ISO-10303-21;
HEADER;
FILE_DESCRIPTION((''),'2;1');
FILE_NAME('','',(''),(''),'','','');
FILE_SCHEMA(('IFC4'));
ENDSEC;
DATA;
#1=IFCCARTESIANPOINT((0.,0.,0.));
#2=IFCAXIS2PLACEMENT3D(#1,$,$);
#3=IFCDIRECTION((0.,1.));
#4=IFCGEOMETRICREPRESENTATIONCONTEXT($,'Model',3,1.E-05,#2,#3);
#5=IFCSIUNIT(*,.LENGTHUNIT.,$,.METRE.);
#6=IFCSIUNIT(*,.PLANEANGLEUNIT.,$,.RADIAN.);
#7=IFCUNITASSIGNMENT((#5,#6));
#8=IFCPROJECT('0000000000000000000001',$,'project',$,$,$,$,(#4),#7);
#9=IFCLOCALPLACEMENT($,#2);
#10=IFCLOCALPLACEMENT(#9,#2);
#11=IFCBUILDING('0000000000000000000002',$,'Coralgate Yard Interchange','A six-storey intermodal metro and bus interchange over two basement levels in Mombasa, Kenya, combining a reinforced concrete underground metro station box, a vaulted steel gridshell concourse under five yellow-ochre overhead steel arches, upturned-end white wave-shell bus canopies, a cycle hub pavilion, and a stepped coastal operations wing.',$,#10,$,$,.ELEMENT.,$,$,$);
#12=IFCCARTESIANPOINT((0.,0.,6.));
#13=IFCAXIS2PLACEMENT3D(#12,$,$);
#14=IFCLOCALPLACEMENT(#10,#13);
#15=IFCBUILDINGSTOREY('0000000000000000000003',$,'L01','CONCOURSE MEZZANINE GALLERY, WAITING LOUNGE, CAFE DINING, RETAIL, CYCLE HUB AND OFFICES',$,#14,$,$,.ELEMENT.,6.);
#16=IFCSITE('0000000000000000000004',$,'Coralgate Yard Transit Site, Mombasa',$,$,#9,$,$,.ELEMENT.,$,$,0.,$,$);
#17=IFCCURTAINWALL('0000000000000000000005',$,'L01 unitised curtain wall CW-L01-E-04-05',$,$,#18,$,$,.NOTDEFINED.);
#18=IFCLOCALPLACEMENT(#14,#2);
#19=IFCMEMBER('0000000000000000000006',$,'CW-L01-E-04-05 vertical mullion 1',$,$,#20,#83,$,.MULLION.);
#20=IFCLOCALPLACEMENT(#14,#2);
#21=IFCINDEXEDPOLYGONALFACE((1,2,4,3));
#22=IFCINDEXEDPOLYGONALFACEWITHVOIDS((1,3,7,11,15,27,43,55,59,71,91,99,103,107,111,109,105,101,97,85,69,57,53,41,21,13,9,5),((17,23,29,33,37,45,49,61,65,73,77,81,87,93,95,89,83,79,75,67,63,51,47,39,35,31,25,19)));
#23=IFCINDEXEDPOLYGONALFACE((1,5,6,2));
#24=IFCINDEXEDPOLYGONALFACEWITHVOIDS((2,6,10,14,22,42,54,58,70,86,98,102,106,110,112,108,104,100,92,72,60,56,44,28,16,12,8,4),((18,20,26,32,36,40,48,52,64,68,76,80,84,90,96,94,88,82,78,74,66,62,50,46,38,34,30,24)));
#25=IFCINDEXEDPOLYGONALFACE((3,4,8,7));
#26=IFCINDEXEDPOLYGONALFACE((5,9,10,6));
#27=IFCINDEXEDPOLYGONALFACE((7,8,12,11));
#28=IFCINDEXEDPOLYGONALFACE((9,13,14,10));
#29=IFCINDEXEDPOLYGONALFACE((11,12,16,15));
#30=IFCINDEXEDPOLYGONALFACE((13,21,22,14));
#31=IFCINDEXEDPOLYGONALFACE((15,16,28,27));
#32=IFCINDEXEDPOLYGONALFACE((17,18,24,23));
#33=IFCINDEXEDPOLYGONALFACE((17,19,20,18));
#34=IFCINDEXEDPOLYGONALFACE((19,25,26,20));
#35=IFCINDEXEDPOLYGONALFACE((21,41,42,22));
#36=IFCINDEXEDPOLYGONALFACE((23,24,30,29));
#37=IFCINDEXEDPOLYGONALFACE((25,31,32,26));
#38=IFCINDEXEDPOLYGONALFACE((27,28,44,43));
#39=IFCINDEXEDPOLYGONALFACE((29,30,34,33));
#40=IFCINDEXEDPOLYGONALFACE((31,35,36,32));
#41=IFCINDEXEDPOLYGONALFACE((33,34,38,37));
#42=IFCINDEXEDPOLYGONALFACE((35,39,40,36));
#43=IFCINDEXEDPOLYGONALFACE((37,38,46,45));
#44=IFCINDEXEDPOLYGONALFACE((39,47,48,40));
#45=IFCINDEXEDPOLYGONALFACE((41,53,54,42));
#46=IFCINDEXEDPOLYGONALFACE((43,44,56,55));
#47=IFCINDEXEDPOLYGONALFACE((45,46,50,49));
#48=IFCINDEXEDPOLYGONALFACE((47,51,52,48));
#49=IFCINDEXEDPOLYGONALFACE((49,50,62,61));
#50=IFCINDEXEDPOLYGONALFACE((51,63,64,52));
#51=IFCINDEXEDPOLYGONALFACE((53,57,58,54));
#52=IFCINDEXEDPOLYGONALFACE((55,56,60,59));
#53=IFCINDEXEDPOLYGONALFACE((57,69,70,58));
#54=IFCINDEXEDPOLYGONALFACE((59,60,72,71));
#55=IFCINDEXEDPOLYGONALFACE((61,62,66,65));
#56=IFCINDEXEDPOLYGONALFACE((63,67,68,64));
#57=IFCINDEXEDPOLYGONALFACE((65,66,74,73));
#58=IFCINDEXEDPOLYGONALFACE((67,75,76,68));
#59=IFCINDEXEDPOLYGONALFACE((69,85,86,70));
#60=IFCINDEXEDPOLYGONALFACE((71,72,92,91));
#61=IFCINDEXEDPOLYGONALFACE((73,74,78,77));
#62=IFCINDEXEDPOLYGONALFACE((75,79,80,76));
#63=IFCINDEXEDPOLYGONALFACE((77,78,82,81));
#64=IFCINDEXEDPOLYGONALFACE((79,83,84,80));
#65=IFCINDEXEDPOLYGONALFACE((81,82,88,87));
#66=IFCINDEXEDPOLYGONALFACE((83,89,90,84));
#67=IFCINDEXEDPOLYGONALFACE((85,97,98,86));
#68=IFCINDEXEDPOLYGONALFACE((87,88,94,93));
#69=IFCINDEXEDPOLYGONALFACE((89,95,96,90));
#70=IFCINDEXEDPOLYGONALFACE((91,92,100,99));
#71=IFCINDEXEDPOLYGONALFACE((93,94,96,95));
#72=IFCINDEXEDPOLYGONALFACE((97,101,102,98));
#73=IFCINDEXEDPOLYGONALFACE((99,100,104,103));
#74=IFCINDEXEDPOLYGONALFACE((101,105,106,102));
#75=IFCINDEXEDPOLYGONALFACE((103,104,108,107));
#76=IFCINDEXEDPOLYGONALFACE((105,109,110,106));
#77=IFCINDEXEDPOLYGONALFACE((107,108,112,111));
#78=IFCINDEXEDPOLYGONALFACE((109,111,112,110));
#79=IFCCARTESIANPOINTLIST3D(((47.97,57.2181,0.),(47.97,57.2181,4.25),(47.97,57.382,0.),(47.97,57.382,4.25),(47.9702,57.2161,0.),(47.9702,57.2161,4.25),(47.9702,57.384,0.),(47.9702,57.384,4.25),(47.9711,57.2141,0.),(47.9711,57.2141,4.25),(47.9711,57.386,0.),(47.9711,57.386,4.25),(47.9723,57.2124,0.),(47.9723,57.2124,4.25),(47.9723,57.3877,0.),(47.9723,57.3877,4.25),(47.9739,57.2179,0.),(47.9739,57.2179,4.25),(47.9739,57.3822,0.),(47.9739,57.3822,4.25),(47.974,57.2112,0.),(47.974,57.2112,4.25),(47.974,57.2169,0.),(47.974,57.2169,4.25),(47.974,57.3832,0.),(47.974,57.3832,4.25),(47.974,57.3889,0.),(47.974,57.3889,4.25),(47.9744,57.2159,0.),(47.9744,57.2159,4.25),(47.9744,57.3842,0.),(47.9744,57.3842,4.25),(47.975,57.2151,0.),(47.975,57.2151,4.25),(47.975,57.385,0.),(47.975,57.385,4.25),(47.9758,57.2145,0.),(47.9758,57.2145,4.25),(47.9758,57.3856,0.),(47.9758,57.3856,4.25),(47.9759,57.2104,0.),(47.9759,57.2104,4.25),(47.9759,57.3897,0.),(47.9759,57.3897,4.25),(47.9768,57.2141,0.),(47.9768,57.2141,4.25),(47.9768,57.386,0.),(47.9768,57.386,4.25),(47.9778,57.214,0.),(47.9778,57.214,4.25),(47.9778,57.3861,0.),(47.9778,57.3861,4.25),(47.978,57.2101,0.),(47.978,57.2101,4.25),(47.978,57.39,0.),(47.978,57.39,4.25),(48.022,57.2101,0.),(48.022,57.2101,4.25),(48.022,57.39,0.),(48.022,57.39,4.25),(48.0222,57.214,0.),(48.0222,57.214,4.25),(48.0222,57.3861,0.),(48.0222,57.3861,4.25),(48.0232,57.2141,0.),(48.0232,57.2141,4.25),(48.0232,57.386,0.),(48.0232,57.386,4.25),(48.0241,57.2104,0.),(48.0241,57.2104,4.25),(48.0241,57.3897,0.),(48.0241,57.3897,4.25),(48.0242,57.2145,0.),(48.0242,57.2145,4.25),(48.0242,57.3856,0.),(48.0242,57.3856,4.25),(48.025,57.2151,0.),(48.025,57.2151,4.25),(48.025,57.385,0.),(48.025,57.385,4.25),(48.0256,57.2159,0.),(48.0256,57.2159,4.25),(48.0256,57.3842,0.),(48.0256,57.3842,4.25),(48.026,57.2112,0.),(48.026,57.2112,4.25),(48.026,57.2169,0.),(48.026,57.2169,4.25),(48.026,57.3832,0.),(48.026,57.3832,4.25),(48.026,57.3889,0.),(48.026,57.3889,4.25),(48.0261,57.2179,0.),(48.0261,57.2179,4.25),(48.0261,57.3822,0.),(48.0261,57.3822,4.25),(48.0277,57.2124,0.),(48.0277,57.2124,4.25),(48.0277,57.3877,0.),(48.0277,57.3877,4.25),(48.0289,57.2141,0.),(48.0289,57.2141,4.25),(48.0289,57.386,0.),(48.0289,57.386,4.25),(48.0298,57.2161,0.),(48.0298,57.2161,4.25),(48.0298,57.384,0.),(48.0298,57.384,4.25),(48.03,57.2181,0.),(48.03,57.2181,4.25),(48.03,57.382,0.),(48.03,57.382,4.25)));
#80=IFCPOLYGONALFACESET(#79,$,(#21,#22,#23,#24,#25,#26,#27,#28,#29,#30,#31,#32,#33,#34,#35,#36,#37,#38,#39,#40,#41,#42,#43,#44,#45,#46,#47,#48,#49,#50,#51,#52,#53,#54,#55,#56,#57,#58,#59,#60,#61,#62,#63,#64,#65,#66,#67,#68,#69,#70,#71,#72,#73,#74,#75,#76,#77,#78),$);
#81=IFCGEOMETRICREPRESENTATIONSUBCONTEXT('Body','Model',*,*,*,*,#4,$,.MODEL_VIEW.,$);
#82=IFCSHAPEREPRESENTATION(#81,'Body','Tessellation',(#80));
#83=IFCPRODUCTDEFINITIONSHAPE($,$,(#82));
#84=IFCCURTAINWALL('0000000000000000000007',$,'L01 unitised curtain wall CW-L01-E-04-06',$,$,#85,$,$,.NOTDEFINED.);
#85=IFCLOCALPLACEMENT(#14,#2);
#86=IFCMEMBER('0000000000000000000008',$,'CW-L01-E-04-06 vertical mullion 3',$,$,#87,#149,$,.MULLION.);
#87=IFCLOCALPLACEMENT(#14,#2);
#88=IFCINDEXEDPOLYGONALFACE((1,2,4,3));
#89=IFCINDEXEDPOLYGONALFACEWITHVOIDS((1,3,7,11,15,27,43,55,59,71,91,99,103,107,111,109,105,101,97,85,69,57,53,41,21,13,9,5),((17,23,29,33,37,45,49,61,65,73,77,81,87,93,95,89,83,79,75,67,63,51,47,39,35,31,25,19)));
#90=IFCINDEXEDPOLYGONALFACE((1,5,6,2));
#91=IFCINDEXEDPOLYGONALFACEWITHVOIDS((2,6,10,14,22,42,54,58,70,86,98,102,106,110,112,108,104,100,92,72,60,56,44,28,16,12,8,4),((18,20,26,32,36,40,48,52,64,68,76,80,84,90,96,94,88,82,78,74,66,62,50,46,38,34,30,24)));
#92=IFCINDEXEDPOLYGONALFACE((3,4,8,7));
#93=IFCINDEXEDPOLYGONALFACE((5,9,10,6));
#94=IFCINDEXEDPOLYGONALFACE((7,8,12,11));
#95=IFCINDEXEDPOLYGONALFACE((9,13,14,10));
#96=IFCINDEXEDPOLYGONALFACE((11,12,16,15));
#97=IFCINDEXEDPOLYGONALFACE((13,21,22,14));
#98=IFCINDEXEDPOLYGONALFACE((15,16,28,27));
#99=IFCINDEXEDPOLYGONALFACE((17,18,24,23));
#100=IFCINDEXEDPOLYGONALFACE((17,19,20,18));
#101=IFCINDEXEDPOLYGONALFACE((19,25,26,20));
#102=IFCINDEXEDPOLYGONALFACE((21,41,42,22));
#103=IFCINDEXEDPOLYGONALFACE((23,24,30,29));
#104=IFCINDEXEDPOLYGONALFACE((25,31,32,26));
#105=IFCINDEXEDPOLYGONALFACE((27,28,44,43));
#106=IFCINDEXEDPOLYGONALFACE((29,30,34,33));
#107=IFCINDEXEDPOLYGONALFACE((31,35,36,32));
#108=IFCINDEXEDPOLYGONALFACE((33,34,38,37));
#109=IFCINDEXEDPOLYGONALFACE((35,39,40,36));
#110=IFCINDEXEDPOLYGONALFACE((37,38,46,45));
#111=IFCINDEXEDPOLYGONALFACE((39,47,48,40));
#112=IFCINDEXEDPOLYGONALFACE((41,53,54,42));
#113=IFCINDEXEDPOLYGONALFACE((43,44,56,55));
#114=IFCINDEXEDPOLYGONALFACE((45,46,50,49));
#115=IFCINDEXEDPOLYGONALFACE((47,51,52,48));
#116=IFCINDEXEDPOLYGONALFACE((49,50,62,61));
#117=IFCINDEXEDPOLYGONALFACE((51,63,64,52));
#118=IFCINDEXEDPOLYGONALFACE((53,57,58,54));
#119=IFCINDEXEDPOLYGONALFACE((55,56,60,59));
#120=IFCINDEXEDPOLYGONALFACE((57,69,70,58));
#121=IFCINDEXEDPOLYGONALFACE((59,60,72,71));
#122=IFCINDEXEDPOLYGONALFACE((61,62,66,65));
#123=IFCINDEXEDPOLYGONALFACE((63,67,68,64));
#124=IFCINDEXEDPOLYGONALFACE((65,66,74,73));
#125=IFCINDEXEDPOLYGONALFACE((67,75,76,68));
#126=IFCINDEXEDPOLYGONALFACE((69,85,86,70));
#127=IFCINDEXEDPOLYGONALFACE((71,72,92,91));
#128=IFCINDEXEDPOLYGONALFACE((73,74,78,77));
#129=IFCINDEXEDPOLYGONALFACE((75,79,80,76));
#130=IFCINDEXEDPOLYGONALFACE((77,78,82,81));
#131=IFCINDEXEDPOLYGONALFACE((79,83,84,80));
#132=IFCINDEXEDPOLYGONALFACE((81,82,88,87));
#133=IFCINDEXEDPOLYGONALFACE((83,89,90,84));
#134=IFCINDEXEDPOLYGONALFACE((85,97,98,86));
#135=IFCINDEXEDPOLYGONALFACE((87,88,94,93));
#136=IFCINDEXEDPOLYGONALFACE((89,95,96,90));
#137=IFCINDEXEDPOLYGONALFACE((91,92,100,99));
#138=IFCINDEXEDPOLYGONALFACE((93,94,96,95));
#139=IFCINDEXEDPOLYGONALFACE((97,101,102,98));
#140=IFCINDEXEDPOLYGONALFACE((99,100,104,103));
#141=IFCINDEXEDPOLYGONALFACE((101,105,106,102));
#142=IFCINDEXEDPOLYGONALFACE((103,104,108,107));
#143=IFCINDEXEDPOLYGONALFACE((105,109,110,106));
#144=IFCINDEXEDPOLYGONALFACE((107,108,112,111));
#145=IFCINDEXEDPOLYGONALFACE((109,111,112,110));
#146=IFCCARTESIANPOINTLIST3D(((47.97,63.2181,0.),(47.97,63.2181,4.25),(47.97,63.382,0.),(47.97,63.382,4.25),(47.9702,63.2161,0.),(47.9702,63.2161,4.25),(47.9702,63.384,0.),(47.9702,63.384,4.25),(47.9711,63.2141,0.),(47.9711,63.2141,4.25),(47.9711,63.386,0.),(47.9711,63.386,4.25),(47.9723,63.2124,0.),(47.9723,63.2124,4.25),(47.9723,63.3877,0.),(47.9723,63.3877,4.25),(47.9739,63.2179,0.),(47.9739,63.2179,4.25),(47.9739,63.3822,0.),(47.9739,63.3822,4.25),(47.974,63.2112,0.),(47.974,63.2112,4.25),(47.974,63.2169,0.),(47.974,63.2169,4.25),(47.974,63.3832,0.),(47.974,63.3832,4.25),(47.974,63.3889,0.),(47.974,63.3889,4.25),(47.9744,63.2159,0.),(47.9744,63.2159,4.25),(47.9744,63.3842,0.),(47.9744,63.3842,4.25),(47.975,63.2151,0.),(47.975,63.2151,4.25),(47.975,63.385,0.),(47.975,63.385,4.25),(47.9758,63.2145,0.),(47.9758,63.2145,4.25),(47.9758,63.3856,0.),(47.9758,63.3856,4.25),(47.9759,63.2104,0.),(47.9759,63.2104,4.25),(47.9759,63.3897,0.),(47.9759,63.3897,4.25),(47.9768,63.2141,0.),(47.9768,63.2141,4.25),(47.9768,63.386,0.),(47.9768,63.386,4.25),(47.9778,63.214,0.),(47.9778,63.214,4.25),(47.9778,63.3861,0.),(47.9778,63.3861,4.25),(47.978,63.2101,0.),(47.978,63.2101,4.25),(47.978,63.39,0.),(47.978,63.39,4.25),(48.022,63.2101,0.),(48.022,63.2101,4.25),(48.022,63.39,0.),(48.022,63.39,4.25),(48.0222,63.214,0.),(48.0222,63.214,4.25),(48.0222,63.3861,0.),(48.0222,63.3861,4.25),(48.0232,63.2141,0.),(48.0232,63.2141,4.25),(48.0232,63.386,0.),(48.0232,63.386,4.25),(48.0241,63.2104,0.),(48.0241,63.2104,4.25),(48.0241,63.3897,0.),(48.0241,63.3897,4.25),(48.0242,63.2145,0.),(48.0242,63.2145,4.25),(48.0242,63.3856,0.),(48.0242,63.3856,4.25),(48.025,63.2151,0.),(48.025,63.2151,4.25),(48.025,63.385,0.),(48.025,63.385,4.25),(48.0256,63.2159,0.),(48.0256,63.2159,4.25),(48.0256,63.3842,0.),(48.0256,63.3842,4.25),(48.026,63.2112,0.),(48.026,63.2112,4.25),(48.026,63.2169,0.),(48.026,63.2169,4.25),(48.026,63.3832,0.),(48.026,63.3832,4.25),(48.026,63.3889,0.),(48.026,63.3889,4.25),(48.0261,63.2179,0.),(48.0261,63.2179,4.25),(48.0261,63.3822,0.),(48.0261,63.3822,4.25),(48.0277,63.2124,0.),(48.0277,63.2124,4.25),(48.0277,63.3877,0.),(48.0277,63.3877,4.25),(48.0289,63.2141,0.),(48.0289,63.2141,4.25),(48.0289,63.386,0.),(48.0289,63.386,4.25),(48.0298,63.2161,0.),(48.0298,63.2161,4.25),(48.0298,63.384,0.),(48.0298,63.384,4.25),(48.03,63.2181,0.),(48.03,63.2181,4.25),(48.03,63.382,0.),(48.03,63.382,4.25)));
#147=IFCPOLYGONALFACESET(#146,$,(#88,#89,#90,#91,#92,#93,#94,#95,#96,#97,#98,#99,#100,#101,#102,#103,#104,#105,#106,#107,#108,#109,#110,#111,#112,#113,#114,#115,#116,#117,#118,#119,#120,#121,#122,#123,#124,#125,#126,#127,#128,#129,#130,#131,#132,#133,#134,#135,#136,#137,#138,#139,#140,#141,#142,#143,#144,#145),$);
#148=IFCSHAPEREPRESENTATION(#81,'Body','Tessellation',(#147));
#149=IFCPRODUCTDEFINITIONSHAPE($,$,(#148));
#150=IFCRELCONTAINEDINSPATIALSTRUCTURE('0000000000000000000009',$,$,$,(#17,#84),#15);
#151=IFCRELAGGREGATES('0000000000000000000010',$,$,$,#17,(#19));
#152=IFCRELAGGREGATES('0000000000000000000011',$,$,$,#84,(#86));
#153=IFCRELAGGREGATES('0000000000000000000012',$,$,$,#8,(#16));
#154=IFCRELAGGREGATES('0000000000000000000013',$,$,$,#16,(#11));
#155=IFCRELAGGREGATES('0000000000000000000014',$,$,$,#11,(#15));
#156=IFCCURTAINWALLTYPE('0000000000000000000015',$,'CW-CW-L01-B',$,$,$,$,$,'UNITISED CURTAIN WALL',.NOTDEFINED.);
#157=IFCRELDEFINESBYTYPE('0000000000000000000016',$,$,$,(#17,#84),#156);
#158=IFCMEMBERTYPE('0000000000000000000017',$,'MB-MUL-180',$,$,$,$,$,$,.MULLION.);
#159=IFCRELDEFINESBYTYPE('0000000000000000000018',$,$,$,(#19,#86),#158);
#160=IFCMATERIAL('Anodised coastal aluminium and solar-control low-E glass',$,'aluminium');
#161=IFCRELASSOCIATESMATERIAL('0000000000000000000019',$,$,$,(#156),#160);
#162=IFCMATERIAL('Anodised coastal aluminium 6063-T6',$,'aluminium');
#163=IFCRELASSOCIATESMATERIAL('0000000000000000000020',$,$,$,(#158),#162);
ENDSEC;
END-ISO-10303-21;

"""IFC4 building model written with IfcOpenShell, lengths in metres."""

from ifc_helpers import new_model, si_unit, direction, frame, origin, origin_2d, place, context, subcontext, project, spatial, hollow_rectangle, extrude, material, material_profile, profile_set, type_object, element, aggregate, save


model = new_model("IFC4")

# Units and contexts
model_context = context("Model", 3, precision=1e-05, world=origin(), true_north=direction((0.0, 1.0)))
body_context = subcontext(model_context, "Body", "Model", "MODEL_VIEW")
ifc_project = project(units=[si_unit("LENGTHUNIT", "METRE"), si_unit("PLANEANGLEUNIT", "RADIAN")], contexts=[model_context])

# Site, building, storey
site_placement = place(None, origin())
site = spatial("IfcSite", under=ifc_project, at=site_placement, Name="Coralgate Yard Transit Site, Mombasa", CompositionType="ELEMENT", RefElevation=0.0)
building_placement = place(site_placement, origin())
building = spatial("IfcBuilding", under=site, at=building_placement, Name="Coralgate Yard Interchange", Description="A six-storey intermodal metro and bus interchange over two basement levels in Mombasa, Kenya, combining a reinforced concrete underground metro station box, a vaulted steel gridshell concourse under five yellow-ochre overhead steel arches, upturned-end white wave-shell bus canopies, a cycle hub pavilion, and a stepped coastal operations wing.", CompositionType="ELEMENT")
storey_placement = place(building_placement, frame((0.0, 0.0, 6.0)))
storey = spatial("IfcBuildingStorey", under=building, at=storey_placement, Name="L01", Description="CONCOURSE MEZZANINE GALLERY, WAITING LOUNGE, CAFE DINING, RETAIL, CYCLE HUB AND OFFICES", CompositionType="ELEMENT", Elevation=6.0)

# Curtain wall, member
ifc_material_1 = material(Name="Anodised coastal aluminium and solar-control low-E glass", Category="aluminium")
curtain_wall_type = type_object("IfcCurtainWallType", Name="CW-CW-L01-B", ElementType="UNITISED CURTAIN WALL", PredefinedType="NOTDEFINED", material=ifc_material_1)
curtain_wall_1_placement = place(storey_placement, origin())
curtain_wall_1 = element("IfcCurtainWall", 1, at=curtain_wall_1_placement, inside=storey, type_object=curtain_wall_type, Name="L01 unitised curtain wall CW-L01-E-04-05", PredefinedType="NOTDEFINED")
ifc_material_2 = material(Name="Anodised coastal aluminium 6063-T6", Category="aluminium")
ifc_material_profile_1 = material_profile(ifc_material_2, hollow_rectangle(XDim=0.0601, YDim=0.1799, WallThickness=0.0039, InnerFilletRadius=0.0039, OuterFilletRadius=0.0081, at=origin_2d()), Name="ALU 60x180x4")
ifc_profile_set_1 = profile_set([ifc_material_profile_1], Name="Anodised coastal aluminium 6063-T6")
member_type_1 = type_object("IfcMemberType", Name="MB-MUL-180", PredefinedType="MULLION", material=ifc_profile_set_1)
member_1_placement = place(storey_placement, frame((48.0, 57.3, 0.0), z_axis=(0.0, 0.0, 1.0), x_axis=(1.0, 0.0, 0.0)))
member_1 = element("IfcMember", 2, at=member_1_placement, type_object=member_type_1, Name="CW-L01-E-04-05 vertical mullion 1", PredefinedType="MULLION", context=body_context, shape_type="SweptSolid", body=[
    extrude(hollow_rectangle(XDim=0.0601, YDim=0.1799, WallThickness=0.0039, InnerFilletRadius=0.0039, OuterFilletRadius=0.0081, at=origin_2d()), origin(), (0.0, 0.0, 1.0), 4.25),
])

# Curtain wall, member
curtain_wall_2_placement = place(storey_placement, origin())
curtain_wall_2 = element("IfcCurtainWall", 3, at=curtain_wall_2_placement, inside=storey, type_object=curtain_wall_type, Name="L01 unitised curtain wall CW-L01-E-04-06", PredefinedType="NOTDEFINED")
member_2_placement = place(storey_placement, frame((48.0, 63.3, 0.0), z_axis=(0.0, 0.0, 1.0), x_axis=(1.0, 0.0, 0.0)))
member_2 = element("IfcMember", 4, at=member_2_placement, type_object=member_type_1, Name="CW-L01-E-04-06 vertical mullion 3", PredefinedType="MULLION", context=body_context, shape_type="SweptSolid", body=[
    extrude(hollow_rectangle(XDim=0.0601, YDim=0.1799, WallThickness=0.0039, InnerFilletRadius=0.0039, OuterFilletRadius=0.0081, at=origin_2d()), origin(), (0.0, 0.0, 1.0), 4.25),
])

aggregate(curtain_wall_1, [member_1])

aggregate(curtain_wall_2, [member_2])

save(model, "model.ifc")
